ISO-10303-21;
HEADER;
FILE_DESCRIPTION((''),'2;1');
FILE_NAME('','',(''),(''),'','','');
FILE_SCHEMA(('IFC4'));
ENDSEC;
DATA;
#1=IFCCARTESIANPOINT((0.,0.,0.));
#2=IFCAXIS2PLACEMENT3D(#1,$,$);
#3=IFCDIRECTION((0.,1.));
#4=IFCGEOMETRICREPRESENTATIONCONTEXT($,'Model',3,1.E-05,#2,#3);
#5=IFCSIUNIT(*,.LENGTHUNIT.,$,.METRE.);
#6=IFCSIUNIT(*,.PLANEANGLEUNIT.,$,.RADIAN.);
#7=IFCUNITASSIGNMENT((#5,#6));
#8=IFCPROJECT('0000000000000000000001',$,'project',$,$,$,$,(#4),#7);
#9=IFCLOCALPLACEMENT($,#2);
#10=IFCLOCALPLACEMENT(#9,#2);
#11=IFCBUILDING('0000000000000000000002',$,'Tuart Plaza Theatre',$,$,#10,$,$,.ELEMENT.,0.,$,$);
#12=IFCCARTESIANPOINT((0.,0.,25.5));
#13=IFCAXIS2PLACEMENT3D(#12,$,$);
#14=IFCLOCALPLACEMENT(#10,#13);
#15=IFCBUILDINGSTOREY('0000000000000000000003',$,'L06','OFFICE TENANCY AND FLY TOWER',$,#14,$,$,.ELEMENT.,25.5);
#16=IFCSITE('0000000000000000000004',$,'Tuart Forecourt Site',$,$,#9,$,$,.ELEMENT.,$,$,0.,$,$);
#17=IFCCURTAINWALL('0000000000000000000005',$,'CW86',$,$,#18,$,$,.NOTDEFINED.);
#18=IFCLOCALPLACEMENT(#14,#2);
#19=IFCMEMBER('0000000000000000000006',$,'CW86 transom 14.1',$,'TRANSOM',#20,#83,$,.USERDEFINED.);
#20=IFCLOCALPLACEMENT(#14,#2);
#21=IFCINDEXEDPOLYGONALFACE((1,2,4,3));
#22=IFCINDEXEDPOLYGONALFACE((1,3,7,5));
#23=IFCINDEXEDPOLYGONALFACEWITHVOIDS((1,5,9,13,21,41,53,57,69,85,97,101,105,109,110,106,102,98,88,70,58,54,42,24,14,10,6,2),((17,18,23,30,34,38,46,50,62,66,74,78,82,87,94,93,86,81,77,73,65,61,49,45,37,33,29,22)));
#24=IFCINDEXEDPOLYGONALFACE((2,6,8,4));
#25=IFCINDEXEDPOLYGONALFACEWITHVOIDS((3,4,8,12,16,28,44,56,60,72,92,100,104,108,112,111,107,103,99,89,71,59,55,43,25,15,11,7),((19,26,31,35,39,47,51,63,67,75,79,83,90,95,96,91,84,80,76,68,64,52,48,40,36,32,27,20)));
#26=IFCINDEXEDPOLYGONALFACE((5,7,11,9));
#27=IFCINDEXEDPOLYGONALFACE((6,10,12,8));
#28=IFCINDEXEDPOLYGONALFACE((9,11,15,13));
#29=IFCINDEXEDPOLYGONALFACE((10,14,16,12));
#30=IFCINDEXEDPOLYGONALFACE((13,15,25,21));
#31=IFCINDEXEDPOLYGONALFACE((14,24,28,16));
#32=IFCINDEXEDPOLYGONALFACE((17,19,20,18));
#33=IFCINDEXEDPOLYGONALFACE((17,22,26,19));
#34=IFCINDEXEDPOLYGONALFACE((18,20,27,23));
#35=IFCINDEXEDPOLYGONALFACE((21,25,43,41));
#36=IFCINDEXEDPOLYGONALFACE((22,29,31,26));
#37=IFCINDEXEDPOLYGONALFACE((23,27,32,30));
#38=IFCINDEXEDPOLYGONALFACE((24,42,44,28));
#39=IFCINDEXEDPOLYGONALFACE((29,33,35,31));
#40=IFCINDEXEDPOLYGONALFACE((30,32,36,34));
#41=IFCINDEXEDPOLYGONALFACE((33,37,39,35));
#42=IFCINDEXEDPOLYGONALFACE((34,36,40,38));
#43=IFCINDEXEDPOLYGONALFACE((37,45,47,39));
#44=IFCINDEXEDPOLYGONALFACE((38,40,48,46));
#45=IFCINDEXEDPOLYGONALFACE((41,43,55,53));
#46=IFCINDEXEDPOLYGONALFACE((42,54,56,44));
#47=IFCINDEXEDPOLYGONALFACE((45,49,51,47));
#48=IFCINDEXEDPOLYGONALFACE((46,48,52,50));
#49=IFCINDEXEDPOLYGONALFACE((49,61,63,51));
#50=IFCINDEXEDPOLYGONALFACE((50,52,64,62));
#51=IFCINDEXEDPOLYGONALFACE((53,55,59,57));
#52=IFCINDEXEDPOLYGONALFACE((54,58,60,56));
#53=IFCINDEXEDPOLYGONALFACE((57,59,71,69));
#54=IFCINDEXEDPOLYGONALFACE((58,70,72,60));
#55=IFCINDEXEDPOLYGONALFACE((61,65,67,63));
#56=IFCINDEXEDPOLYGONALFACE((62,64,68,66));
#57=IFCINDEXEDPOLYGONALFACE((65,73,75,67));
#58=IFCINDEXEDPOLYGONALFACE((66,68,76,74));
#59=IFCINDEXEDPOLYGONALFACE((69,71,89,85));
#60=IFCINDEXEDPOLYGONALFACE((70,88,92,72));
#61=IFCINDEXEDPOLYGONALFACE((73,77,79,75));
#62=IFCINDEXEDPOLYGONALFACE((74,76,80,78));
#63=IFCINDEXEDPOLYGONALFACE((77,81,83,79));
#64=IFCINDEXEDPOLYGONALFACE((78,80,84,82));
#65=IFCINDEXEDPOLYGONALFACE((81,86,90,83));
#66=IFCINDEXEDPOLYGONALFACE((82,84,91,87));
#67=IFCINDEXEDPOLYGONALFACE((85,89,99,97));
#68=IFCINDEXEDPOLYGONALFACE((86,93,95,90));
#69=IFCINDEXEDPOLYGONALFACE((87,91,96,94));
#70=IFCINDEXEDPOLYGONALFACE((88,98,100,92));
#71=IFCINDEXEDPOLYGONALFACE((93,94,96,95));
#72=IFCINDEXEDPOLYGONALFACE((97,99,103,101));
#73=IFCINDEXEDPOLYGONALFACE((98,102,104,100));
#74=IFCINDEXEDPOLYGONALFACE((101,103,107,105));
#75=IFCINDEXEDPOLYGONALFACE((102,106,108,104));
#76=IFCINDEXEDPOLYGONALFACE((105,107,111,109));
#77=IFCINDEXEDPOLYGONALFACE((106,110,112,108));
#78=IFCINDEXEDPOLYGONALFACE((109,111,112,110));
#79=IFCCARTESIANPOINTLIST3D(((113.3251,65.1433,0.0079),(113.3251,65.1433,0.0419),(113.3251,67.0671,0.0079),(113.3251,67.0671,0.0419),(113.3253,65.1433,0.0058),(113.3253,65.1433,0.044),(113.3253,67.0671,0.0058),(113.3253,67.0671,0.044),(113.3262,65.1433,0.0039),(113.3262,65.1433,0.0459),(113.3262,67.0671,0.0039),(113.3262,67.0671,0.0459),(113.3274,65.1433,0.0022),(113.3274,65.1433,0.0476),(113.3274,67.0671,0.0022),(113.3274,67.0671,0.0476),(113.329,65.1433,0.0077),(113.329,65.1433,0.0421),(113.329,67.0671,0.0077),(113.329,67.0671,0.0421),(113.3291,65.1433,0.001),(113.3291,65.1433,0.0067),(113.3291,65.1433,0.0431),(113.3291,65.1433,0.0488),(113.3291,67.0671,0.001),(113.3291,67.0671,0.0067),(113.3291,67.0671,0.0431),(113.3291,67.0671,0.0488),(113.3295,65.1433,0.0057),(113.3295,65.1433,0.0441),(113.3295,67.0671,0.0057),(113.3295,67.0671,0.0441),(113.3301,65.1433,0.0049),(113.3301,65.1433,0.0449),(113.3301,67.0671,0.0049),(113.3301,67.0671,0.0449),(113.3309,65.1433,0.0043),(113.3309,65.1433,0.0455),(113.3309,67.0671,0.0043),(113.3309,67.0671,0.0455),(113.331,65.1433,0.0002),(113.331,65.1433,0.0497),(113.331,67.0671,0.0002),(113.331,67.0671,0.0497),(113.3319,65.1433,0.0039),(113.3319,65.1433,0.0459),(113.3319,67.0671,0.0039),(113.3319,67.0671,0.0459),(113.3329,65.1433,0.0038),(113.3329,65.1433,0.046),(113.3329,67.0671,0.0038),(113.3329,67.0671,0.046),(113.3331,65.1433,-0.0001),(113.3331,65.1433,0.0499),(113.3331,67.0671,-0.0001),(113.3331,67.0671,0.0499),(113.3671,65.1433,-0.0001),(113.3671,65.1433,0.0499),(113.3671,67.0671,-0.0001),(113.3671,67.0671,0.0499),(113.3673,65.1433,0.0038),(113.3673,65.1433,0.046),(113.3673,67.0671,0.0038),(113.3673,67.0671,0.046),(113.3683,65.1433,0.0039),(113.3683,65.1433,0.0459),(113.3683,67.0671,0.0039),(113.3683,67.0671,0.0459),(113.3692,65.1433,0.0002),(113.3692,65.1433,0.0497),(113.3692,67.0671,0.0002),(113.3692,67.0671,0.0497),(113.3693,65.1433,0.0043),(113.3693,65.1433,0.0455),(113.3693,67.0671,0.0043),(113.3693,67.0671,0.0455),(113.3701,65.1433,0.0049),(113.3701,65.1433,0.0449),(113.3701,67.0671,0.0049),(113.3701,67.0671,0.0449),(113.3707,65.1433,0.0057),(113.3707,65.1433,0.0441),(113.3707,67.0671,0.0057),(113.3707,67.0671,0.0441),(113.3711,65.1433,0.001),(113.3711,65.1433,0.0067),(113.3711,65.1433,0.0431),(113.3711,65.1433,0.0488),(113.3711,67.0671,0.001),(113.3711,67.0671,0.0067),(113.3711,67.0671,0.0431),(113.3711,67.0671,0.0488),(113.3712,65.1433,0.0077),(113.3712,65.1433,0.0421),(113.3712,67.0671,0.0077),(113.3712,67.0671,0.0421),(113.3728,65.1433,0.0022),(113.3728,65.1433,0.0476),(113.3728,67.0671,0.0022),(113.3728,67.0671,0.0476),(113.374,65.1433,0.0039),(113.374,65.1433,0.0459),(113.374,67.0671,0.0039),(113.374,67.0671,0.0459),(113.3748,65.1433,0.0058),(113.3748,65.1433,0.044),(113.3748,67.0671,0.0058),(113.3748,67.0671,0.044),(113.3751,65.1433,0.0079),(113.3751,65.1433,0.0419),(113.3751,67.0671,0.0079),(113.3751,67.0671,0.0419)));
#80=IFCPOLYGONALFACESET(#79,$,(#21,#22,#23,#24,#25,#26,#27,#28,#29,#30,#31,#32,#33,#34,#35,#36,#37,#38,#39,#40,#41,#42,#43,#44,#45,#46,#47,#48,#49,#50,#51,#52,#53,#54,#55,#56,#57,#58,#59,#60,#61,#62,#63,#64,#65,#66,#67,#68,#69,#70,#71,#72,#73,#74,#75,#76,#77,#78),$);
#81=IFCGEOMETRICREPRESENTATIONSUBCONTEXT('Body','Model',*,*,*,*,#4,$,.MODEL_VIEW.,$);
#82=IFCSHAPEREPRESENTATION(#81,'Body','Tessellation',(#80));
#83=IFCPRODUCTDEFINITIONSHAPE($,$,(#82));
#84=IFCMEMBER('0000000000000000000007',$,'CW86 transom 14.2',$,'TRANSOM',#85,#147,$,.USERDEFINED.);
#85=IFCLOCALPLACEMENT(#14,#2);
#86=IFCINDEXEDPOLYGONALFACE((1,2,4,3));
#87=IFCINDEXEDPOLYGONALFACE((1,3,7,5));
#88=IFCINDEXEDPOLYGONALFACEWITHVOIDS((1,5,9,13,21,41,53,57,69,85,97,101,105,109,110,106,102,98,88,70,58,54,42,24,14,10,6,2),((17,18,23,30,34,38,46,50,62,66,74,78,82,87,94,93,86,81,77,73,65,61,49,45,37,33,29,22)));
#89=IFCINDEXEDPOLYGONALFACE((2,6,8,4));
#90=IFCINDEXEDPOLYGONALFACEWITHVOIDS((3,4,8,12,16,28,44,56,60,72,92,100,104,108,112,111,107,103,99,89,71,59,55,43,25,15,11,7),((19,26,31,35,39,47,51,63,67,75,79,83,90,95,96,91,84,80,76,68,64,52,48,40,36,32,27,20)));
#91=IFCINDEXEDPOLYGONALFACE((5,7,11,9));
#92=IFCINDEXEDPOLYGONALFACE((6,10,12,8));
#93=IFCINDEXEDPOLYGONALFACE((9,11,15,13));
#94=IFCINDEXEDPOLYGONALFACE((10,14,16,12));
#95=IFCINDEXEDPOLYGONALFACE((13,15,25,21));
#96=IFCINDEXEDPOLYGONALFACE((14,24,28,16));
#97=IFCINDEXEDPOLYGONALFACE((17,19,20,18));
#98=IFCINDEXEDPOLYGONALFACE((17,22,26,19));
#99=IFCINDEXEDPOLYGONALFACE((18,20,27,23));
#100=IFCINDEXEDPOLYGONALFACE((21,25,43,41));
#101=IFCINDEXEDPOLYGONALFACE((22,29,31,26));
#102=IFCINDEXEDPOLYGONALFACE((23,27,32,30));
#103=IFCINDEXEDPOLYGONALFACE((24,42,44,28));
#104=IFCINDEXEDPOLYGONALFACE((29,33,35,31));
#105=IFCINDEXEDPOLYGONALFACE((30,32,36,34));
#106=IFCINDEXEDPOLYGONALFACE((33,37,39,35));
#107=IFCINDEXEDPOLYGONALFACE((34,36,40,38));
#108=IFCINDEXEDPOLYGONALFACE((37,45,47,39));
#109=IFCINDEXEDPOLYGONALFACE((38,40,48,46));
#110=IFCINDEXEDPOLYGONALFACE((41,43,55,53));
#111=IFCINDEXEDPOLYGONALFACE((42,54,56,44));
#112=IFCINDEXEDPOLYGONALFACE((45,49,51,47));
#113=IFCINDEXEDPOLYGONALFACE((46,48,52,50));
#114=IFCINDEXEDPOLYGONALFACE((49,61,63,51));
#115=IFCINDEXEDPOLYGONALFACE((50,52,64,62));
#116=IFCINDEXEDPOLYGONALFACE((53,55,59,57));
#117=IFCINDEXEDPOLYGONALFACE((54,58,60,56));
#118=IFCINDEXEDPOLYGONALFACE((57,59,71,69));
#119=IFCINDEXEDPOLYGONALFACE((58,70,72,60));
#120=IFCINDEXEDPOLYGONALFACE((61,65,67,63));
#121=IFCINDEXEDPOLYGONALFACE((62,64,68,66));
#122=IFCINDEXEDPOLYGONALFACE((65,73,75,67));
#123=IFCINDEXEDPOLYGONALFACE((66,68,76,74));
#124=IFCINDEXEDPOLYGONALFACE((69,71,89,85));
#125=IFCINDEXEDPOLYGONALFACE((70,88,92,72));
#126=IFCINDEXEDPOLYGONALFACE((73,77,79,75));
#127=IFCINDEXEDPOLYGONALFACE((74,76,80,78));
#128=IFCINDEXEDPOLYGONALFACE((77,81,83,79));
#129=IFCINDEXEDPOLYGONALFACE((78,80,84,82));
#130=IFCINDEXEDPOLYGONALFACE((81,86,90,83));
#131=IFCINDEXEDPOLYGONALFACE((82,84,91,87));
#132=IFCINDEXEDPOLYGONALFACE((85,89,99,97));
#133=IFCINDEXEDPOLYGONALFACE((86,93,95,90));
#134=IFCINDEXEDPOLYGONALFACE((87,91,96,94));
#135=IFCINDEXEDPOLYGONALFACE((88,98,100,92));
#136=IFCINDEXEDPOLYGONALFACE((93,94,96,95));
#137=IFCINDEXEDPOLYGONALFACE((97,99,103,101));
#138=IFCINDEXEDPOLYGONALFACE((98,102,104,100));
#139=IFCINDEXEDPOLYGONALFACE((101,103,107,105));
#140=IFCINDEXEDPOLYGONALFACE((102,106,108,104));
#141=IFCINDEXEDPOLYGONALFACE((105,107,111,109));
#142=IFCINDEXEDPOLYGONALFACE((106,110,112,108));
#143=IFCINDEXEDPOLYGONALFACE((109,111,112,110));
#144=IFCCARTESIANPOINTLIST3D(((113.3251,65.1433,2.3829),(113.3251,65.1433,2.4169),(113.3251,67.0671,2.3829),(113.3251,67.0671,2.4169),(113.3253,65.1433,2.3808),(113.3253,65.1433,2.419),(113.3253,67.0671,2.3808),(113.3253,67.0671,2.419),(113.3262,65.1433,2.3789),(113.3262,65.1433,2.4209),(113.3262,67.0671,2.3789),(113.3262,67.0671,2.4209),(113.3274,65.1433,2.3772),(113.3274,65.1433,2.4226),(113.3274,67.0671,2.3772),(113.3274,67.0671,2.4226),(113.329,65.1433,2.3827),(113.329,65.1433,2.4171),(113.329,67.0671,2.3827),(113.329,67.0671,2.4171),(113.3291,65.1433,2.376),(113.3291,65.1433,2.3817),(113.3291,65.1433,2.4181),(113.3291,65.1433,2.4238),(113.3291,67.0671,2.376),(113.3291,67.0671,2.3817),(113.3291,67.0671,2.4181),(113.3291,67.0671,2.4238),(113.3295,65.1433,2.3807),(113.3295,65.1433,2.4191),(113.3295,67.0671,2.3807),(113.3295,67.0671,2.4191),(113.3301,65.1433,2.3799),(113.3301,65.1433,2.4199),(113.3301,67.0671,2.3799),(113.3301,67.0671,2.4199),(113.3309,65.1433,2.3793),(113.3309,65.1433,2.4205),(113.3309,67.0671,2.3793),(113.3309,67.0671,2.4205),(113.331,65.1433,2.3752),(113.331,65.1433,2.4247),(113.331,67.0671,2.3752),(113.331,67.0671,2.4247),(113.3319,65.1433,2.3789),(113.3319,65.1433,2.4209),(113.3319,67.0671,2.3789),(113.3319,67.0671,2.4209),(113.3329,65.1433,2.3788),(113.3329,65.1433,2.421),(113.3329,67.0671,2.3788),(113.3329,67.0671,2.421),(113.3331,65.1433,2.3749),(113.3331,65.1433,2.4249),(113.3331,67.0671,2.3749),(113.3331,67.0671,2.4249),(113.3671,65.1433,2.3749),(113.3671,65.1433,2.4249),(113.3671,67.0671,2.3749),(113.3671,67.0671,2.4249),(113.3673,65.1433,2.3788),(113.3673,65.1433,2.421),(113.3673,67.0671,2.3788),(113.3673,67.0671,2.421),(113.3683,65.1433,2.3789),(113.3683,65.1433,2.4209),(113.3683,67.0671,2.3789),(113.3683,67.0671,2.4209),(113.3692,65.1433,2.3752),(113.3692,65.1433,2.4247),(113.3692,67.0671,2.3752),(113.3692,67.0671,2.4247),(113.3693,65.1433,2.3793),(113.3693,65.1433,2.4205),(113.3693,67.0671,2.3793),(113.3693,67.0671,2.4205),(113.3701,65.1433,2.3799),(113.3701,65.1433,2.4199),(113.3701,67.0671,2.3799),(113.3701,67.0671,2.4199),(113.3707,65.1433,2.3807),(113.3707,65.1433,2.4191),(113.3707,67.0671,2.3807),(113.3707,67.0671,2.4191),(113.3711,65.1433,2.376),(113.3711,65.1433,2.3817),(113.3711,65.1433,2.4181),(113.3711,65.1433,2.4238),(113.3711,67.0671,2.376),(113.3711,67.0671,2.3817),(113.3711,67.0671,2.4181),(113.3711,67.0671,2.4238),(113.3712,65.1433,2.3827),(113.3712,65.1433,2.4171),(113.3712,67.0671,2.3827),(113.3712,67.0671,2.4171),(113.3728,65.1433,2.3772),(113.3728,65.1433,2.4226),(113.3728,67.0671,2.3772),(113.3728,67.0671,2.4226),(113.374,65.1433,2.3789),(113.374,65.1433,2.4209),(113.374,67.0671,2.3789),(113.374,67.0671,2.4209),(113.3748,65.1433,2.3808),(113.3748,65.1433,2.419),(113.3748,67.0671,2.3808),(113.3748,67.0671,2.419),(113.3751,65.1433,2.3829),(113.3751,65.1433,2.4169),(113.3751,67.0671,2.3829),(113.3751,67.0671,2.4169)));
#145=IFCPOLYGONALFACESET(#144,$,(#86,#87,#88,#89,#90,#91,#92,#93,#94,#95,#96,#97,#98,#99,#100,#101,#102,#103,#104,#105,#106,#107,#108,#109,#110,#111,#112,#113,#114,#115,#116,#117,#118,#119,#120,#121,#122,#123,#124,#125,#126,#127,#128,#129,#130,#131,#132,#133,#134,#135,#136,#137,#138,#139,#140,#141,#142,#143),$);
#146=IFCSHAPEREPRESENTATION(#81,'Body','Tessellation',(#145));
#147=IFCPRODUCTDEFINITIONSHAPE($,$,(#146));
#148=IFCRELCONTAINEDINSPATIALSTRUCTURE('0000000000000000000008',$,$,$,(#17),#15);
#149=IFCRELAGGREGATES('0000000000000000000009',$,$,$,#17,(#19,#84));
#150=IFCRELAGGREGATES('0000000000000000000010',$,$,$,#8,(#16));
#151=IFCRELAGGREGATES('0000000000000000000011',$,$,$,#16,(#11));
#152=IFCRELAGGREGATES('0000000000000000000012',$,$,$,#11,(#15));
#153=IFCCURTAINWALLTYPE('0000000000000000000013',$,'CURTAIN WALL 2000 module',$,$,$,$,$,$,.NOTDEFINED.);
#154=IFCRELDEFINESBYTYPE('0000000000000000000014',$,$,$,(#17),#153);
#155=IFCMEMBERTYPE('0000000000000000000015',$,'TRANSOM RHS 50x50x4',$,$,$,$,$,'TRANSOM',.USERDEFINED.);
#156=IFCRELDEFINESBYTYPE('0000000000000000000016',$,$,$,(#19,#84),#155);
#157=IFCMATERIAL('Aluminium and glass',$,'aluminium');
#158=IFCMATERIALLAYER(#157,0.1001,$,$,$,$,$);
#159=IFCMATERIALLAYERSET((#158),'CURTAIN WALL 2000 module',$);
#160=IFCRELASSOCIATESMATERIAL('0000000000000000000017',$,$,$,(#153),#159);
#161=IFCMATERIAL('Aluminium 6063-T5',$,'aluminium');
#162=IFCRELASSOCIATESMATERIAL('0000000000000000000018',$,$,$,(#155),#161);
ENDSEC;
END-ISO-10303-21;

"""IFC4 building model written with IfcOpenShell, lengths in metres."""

from ifc_helpers import new_model, si_unit, direction, frame, origin, origin_2d, place, context, subcontext, project, spatial, hollow_rectangle, extrude, material, layer, layer_set, material_profile, profile_set, type_object, element, aggregate, save


model = new_model("IFC4")

# Units and contexts
model_context = context("Model", 3, precision=1e-05, world=origin(), true_north=direction((0.0, 1.0)))
body_context = subcontext(model_context, "Body", "Model", "MODEL_VIEW")
ifc_project = project(units=[si_unit("LENGTHUNIT", "METRE"), si_unit("PLANEANGLEUNIT", "RADIAN")], contexts=[model_context])

# Site, building, storey
site_placement = place(None, origin())
site = spatial("IfcSite", under=ifc_project, at=site_placement, Name="Tuart Forecourt Site", CompositionType="ELEMENT", RefElevation=0.0)
building_placement = place(site_placement, origin())
building = spatial("IfcBuilding", under=site, at=building_placement, Name="Tuart Plaza Theatre", CompositionType="ELEMENT", ElevationOfRefHeight=0.0)
storey_placement = place(building_placement, frame((0.0, 0.0, 25.5)))
storey = spatial("IfcBuildingStorey", under=building, at=storey_placement, Name="L06", Description="OFFICE TENANCY AND FLY TOWER", CompositionType="ELEMENT", Elevation=25.5)

# Curtain wall, members
ifc_material_1 = material(Name="Aluminium and glass", Category="aluminium")
ifc_layer_1 = layer(ifc_material_1, 0.1001)
ifc_layer_set_1 = layer_set([ifc_layer_1], Name="CURTAIN WALL 2000 module")
curtain_wall_type = type_object("IfcCurtainWallType", Name="CURTAIN WALL 2000 module", PredefinedType="NOTDEFINED", material=ifc_layer_set_1)
curtain_wall_placement = place(storey_placement, origin())
curtain_wall = element("IfcCurtainWall", 1, at=curtain_wall_placement, inside=storey, type_object=curtain_wall_type, Name="CW86", PredefinedType="NOTDEFINED")
ifc_material_2 = material(Name="Aluminium 6063-T5", Category="aluminium")
ifc_material_profile_1 = material_profile(ifc_material_2, hollow_rectangle(XDim=0.05, YDim=0.05, WallThickness=0.0039, InnerFilletRadius=0.0039, OuterFilletRadius=0.0081, at=origin_2d()), Name="RHS 50x50x4")
ifc_profile_set_1 = profile_set([ifc_material_profile_1], Name="Aluminium 6063-T5")
member_type = type_object("IfcMemberType", Name="TRANSOM RHS 50x50x4", ElementType="TRANSOM", PredefinedType="USERDEFINED", material=ifc_profile_set_1)
member_1_placement = place(storey_placement, frame((113.3501, 67.0671, 0.0249), z_axis=(0.0, -1.0, 0.0), x_axis=(1.0, 0.0, 0.0)))
member_1 = element("IfcMember", 2, at=member_1_placement, type_object=member_type, Name="CW86 transom 14.1", ObjectType="TRANSOM", PredefinedType="USERDEFINED", context=body_context, shape_type="SweptSolid", body=[
    extrude(hollow_rectangle(XDim=0.05, YDim=0.05, WallThickness=0.0039, InnerFilletRadius=0.0039, OuterFilletRadius=0.0081, at=origin_2d()), origin(), (0.0, 0.0, 1.0), 1.9238),
])
member_2_placement = place(storey_placement, frame((113.3501, 67.0671, 2.3999), z_axis=(0.0, -1.0, 0.0), x_axis=(1.0, 0.0, 0.0)))
member_2 = element("IfcMember", 3, at=member_2_placement, type_object=member_type, Name="CW86 transom 14.2", ObjectType="TRANSOM", PredefinedType="USERDEFINED", context=body_context, shape_type="SweptSolid", body=[
    extrude(hollow_rectangle(XDim=0.05, YDim=0.05, WallThickness=0.0039, InnerFilletRadius=0.0039, OuterFilletRadius=0.0081, at=origin_2d()), origin(), (0.0, 0.0, 1.0), 1.9238),
])
aggregate(curtain_wall, [member_1, member_2])

save(model, "model.ifc")
